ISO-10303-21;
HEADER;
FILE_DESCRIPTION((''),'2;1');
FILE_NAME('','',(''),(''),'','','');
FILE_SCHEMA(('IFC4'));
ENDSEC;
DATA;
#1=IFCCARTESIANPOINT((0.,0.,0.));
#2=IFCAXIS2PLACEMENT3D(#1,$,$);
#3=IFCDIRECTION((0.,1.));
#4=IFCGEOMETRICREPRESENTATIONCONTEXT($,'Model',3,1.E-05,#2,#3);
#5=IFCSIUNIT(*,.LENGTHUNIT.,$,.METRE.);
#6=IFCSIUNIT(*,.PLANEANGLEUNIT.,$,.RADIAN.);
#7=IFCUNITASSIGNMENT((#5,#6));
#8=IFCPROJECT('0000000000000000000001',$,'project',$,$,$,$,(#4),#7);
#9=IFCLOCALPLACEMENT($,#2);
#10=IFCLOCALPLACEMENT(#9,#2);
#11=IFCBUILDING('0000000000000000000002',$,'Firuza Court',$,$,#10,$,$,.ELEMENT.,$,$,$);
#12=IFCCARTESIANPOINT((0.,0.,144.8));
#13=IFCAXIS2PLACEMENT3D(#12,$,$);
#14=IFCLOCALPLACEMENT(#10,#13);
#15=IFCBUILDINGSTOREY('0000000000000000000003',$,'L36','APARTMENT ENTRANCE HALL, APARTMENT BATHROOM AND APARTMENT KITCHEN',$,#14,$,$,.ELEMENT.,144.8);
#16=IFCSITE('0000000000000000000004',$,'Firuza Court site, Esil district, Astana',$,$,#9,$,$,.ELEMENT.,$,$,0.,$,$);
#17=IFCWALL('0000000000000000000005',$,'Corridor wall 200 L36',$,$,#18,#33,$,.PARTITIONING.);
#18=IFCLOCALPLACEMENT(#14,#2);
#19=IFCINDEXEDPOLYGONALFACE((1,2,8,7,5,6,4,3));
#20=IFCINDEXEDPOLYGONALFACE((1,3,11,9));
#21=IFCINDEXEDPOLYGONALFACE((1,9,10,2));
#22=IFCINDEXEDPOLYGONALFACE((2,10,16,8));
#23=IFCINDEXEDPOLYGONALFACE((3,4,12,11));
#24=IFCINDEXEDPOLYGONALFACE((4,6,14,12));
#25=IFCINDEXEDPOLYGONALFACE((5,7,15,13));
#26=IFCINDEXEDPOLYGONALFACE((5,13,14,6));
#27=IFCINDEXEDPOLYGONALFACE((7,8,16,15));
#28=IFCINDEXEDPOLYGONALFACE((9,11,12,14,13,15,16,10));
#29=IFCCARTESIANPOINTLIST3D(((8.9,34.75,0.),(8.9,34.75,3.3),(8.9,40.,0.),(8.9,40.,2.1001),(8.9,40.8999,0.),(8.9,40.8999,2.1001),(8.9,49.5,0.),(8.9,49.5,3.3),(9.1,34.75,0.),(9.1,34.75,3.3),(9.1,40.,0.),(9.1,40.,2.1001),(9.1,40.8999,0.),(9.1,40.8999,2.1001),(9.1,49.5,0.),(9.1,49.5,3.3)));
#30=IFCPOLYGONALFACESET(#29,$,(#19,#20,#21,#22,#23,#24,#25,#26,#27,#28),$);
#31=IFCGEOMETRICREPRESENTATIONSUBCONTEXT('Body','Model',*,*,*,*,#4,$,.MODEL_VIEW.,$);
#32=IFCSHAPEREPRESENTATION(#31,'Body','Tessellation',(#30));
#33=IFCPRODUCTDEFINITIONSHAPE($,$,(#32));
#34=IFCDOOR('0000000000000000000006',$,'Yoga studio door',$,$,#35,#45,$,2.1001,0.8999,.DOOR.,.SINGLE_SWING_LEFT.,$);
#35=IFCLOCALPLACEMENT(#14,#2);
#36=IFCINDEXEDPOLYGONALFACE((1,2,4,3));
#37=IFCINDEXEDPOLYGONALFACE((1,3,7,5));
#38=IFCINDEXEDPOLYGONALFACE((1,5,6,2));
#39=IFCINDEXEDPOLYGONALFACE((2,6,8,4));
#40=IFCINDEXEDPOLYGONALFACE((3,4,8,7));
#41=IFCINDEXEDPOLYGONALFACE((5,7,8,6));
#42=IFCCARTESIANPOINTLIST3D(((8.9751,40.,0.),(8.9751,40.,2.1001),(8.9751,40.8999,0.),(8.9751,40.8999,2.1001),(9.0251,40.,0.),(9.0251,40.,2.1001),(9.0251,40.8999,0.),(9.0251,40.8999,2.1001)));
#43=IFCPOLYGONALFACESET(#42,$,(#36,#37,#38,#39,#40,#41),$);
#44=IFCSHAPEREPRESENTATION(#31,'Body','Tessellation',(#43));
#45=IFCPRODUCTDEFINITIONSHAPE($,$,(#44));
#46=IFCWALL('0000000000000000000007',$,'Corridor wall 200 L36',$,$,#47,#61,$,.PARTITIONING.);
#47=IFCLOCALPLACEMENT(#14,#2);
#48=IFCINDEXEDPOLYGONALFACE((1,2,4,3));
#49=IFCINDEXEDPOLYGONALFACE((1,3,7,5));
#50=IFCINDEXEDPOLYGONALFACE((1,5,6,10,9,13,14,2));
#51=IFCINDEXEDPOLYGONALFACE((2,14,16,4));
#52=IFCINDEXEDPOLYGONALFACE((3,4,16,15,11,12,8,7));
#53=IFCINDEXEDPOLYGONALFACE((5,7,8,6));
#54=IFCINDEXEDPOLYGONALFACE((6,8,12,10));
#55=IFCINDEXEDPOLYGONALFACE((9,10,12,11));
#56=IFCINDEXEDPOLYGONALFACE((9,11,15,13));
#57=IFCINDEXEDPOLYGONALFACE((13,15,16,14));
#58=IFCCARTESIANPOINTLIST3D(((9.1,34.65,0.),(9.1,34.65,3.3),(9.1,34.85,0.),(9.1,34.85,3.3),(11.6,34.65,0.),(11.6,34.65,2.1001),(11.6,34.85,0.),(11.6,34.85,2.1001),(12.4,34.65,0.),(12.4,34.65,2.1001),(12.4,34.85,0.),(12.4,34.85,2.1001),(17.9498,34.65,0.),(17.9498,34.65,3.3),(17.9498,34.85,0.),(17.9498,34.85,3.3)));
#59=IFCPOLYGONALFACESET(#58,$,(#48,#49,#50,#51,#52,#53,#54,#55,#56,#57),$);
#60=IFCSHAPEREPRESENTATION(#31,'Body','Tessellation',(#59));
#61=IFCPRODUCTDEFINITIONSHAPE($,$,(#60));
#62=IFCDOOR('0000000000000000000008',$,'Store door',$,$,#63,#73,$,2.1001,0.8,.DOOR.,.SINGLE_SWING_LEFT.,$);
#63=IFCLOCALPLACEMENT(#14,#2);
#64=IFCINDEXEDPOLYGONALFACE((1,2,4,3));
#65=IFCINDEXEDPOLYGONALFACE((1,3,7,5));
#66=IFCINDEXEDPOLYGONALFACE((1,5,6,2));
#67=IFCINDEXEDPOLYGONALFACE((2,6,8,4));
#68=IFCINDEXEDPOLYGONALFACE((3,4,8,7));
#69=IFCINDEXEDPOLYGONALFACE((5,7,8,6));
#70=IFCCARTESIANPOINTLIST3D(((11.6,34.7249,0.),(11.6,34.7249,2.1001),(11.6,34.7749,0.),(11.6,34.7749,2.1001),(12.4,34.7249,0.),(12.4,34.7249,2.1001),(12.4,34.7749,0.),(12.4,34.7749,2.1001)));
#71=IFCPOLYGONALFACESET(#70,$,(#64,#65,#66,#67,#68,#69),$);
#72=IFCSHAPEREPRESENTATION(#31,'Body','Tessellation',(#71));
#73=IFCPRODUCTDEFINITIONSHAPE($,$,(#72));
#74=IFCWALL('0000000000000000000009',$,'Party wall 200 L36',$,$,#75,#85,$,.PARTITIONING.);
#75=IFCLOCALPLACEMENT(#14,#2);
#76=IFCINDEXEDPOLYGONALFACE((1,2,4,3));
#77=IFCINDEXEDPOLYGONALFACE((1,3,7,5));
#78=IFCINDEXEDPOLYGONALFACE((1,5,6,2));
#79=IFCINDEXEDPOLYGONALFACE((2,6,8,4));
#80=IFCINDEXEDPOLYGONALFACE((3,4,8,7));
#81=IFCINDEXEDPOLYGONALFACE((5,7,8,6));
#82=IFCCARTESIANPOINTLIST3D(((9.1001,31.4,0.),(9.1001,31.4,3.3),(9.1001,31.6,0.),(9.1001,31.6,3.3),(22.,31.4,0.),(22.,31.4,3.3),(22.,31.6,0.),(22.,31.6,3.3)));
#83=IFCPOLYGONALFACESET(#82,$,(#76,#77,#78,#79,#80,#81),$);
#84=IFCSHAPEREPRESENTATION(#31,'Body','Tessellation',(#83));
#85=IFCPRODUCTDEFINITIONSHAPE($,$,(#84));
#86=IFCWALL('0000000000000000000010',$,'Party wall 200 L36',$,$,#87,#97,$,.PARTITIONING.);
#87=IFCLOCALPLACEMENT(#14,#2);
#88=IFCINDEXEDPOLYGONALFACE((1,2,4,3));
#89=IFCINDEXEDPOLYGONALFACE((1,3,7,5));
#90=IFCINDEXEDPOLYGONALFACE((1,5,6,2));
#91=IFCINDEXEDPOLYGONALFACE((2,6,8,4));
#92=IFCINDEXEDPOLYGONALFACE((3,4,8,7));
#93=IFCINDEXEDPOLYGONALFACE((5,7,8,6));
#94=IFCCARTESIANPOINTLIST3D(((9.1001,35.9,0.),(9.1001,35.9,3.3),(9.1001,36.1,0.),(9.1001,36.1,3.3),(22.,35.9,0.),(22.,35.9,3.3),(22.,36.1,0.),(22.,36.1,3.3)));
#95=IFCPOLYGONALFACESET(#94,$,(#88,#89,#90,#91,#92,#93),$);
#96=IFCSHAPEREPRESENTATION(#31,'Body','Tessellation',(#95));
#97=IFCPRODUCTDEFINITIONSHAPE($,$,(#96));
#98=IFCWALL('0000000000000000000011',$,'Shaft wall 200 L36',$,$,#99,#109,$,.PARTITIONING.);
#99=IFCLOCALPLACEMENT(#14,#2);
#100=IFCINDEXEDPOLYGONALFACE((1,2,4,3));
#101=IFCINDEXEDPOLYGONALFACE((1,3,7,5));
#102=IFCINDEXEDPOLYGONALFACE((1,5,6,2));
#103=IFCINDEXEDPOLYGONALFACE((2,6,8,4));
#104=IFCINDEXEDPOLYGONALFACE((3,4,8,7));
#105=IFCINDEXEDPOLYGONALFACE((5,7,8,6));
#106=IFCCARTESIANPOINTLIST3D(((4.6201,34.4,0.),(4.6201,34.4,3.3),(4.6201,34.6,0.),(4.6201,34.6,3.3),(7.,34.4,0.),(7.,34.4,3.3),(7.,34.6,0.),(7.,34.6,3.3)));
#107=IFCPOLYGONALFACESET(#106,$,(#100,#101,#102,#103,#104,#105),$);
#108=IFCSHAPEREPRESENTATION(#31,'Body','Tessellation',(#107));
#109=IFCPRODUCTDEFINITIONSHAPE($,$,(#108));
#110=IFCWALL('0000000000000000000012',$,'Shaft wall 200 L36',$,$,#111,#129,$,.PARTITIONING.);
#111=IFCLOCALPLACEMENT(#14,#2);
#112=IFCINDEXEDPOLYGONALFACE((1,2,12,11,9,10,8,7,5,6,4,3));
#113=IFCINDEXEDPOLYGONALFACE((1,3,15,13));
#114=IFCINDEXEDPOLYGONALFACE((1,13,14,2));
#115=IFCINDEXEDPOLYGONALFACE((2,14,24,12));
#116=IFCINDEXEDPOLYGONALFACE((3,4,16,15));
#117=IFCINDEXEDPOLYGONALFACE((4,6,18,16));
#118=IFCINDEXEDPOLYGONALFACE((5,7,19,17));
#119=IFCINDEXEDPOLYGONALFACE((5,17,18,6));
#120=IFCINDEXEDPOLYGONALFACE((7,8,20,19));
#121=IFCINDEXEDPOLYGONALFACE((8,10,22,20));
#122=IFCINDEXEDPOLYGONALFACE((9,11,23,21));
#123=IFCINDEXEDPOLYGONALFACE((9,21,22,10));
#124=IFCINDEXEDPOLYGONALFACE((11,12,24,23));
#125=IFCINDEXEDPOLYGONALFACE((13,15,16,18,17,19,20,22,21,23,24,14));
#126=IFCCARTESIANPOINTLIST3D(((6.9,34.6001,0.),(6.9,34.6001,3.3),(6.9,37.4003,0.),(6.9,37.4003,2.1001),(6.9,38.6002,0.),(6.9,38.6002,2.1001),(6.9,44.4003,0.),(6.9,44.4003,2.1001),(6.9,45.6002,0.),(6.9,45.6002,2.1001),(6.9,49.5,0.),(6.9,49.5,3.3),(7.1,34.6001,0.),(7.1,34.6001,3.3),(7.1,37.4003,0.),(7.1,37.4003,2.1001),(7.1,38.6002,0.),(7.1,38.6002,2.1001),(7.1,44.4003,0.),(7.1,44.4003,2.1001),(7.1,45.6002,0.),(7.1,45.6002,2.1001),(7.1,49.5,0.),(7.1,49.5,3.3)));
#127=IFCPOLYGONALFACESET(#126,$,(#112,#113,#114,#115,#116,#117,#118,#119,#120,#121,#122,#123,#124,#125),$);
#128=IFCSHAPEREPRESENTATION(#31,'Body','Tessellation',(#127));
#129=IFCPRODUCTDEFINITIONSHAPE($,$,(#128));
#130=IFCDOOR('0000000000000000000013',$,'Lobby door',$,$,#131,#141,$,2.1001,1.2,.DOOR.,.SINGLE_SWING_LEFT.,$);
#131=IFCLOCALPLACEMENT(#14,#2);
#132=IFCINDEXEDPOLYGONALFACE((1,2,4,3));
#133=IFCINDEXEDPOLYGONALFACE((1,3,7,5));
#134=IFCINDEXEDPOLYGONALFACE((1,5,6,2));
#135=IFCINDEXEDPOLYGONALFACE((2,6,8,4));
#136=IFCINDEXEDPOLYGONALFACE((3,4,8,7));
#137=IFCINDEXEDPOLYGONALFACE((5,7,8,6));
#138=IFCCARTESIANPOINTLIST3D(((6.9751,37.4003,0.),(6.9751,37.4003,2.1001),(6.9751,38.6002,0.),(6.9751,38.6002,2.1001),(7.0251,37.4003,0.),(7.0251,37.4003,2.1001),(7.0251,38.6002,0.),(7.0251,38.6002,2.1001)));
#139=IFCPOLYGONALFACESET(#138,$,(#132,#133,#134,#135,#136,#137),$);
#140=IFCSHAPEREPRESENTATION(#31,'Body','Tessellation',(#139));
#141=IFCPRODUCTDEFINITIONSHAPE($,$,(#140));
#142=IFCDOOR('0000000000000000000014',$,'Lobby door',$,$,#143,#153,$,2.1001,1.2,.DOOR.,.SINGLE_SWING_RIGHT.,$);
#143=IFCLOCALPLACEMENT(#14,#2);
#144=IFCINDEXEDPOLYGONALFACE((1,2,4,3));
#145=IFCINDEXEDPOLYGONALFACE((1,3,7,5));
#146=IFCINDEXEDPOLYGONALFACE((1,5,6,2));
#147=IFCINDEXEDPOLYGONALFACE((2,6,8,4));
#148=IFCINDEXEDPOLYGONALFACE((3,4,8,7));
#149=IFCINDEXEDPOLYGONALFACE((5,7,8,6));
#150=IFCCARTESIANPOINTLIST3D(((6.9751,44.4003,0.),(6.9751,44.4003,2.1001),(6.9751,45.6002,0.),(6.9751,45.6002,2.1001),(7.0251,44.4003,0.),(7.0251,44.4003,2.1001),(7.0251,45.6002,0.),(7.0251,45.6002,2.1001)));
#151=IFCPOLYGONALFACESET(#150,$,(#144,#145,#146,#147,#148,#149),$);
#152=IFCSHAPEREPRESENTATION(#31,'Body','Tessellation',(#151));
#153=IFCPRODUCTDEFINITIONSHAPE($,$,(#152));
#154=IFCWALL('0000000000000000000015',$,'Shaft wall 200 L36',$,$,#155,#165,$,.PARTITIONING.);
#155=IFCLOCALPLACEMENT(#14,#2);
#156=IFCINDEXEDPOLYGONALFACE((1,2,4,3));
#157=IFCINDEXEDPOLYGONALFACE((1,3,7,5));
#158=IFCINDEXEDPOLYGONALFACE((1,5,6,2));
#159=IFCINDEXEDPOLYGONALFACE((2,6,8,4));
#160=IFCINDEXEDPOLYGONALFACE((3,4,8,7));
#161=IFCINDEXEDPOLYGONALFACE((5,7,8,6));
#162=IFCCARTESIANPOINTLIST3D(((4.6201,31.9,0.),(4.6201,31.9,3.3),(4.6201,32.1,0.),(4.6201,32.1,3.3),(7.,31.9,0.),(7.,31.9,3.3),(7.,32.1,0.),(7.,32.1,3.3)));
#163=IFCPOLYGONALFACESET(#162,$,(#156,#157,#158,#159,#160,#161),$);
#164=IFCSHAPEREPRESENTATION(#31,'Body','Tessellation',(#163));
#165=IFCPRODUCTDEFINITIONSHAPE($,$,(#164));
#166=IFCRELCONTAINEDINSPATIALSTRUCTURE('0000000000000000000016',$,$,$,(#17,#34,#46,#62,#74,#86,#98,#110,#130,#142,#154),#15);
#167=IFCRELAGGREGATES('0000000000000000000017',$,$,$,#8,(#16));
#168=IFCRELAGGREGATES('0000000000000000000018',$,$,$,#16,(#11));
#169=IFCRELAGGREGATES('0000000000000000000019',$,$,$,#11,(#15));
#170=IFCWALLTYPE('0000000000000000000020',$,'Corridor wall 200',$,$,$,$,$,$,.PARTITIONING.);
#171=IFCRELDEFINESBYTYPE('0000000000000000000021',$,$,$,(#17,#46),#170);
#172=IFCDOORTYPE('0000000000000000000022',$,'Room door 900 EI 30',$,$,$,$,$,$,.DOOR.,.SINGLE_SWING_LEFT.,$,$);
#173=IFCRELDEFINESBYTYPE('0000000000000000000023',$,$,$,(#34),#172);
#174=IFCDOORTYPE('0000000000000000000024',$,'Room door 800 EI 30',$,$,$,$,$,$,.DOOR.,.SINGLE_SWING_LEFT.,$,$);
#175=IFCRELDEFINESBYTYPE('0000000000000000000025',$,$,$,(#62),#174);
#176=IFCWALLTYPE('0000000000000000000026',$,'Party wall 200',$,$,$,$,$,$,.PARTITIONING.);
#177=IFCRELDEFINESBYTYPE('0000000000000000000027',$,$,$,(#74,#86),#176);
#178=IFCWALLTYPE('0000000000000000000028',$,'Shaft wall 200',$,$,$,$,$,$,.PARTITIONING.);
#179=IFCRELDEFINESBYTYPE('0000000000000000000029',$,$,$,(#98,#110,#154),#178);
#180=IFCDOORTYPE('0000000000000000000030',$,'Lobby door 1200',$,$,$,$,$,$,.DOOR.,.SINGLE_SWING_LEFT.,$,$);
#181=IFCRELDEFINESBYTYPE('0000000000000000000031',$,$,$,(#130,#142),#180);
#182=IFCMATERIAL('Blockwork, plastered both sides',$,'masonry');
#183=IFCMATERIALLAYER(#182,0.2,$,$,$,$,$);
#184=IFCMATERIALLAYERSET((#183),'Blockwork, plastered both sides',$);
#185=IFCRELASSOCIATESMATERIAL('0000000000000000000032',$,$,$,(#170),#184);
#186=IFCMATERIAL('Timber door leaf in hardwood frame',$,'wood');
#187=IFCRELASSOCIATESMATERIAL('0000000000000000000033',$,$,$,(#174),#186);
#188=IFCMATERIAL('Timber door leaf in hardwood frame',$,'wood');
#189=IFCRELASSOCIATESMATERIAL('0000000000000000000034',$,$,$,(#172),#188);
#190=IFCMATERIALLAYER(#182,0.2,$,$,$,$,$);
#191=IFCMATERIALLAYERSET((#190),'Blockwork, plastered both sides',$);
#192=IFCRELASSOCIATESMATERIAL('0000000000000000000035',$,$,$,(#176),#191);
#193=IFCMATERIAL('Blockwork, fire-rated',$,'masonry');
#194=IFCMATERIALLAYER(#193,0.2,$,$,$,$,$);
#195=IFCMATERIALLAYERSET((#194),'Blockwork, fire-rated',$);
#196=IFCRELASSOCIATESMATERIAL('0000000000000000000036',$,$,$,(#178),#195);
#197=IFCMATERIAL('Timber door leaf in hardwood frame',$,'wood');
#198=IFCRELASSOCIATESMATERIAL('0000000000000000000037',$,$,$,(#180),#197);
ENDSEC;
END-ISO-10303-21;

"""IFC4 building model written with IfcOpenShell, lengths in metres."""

from ifc_helpers import new_model, si_unit, direction, frame, frame_2d, origin, place, context, subcontext, project, spatial, rectangle, extrude, material, layer, layer_set, type_object, element, fill, save


model = new_model("IFC4")

# Units and contexts
model_context = context("Model", 3, precision=1e-05, world=origin(), true_north=direction((0.0, 1.0)))
body_context = subcontext(model_context, "Body", "Model", "MODEL_VIEW")
ifc_project = project(units=[si_unit("LENGTHUNIT", "METRE"), si_unit("PLANEANGLEUNIT", "RADIAN")], contexts=[model_context])

# Site, building, storey
site_placement = place(None, origin())
site = spatial("IfcSite", under=ifc_project, at=site_placement, Name="Firuza Court site, Esil district, Astana", CompositionType="ELEMENT", RefElevation=0.0)
building_placement = place(site_placement, origin())
building = spatial("IfcBuilding", under=site, at=building_placement, Name="Firuza Court", CompositionType="ELEMENT")
storey_placement = place(building_placement, frame((0.0, 0.0, 144.8)))
storey = spatial("IfcBuildingStorey", under=building, at=storey_placement, Name="L36", Description="APARTMENT ENTRANCE HALL, APARTMENT BATHROOM AND APARTMENT KITCHEN", CompositionType="ELEMENT", Elevation=144.8)

# Walls, openings, doors
ifc_material_1 = material(Name="Blockwork, plastered both sides", Category="masonry")
ifc_layer_1 = layer(ifc_material_1, 0.2)
ifc_layer_set_1 = layer_set([ifc_layer_1], Name="Blockwork, plastered both sides")
wall_type_1 = type_object("IfcWallType", Name="Corridor wall 200", PredefinedType="PARTITIONING", material=ifc_layer_set_1)
ifc_material_2 = material(Name="Timber door leaf in hardwood frame", Category="wood")
door_type_1 = type_object("IfcDoorType", Name="Room door 800 EI 30", OperationType="SINGLE_SWING_LEFT", PredefinedType="DOOR", material=ifc_material_2)
wall_1_placement = place(storey_placement, frame((9.0, 34.75, 0.0), z_axis=(0.0, 0.0, 1.0), x_axis=(0.0, 1.0, 0.0)))
wall_1 = element("IfcWall", 1, at=wall_1_placement, inside=storey, type_object=wall_type_1, Name="Corridor wall 200 L36", PredefinedType="PARTITIONING", context=body_context, shape_type="SweptSolid", body=[
    extrude(rectangle(XDim=14.75, YDim=0.2, at=frame_2d((7.375, 0.0))), origin(), (0.0, 0.0, 1.0), 3.3),
])
opening_1_placement = place(wall_1_placement, frame((5.25, 0.0, 0.0)))
opening_1 = element("IfcOpeningElement", 2, at=opening_1_placement, cuts=wall_1, PredefinedType="OPENING", context=body_context, shape_type="SweptSolid", body=[
    extrude(rectangle(XDim=0.8999, YDim=2.1001, at=frame_2d((0.45, 1.05))), frame((0.0, 0.1118, 0.0), z_axis=(0.0, -1.0, 0.0), x_axis=(1.0, 0.0, 0.0)), (0.0, 0.0, 1.0), 0.2239),
])
ifc_material_3 = material(Name="Timber door leaf in hardwood frame", Category="wood")
door_type_2 = type_object("IfcDoorType", Name="Room door 900 EI 30", OperationType="SINGLE_SWING_LEFT", PredefinedType="DOOR", material=ifc_material_3)
door_1_placement = place(opening_1_placement, origin())
door_1 = element("IfcDoor", 3, at=door_1_placement, inside=storey, type_object=door_type_2, Name="Yoga studio door", OperationType="SINGLE_SWING_LEFT", OverallHeight=2.1001, OverallWidth=0.8999, PredefinedType="DOOR", context=body_context, shape_type="SweptSolid", body=[
    extrude(rectangle(XDim=0.8999, YDim=2.1001, at=frame_2d((0.45, 1.05))), frame((0.0, 0.0249, 0.0), z_axis=(0.0, -1.0, 0.0), x_axis=(1.0, 0.0, 0.0)), (0.0, 0.0, 1.0), 0.05),
])
fill(opening_1, door_1)
wall_2_placement = place(storey_placement, frame((9.1001, 34.75, 0.0), z_axis=(0.0, 0.0, 1.0), x_axis=(1.0, 0.0, 0.0)))
wall_2 = element("IfcWall", 4, at=wall_2_placement, inside=storey, type_object=wall_type_1, Name="Corridor wall 200 L36", PredefinedType="PARTITIONING", context=body_context, shape_type="SweptSolid", body=[
    extrude(rectangle(XDim=8.8499, YDim=0.2, at=frame_2d((4.4248, 0.0))), origin(), (0.0, 0.0, 1.0), 3.3),
])
opening_2_placement = place(wall_2_placement, frame((2.5, 0.0, 0.0)))
opening_2 = element("IfcOpeningElement", 5, at=opening_2_placement, cuts=wall_2, PredefinedType="OPENING", context=body_context, shape_type="SweptSolid", body=[
    extrude(rectangle(XDim=0.8, YDim=2.1001, at=frame_2d((0.3999, 1.05))), frame((0.0, 0.1118, 0.0), z_axis=(0.0, -1.0, 0.0), x_axis=(1.0, 0.0, 0.0)), (0.0, 0.0, 1.0), 0.2239),
])
door_2_placement = place(opening_2_placement, origin())
door_2 = element("IfcDoor", 6, at=door_2_placement, inside=storey, type_object=door_type_1, Name="Store door", OperationType="SINGLE_SWING_LEFT", OverallHeight=2.1001, OverallWidth=0.8, PredefinedType="DOOR", context=body_context, shape_type="SweptSolid", body=[
    extrude(rectangle(XDim=0.8, YDim=2.1001, at=frame_2d((0.3999, 1.05))), frame((0.0, 0.0249, 0.0), z_axis=(0.0, -1.0, 0.0), x_axis=(1.0, 0.0, 0.0)), (0.0, 0.0, 1.0), 0.05),
])
fill(opening_2, door_2)

# Walls
ifc_layer_2 = layer(ifc_material_1, 0.2)
ifc_layer_set_2 = layer_set([ifc_layer_2], Name="Blockwork, plastered both sides")
wall_type_2 = type_object("IfcWallType", Name="Party wall 200", PredefinedType="PARTITIONING", material=ifc_layer_set_2)
for number, where, z_axis, x_axis, name in (
    (7, (9.1001, 31.5, 0.0), (0.0, 0.0, 1.0), (1.0, 0.0, 0.0), "Party wall 200 L36"),
    (8, (9.1001, 36.0, 0.0), (0.0, 0.0, 1.0), (1.0, 0.0, 0.0), "Party wall 200 L36"),
):
    element("IfcWall", number, at=place(storey_placement, frame(where, z_axis=z_axis, x_axis=x_axis)), inside=storey, type_object=wall_type_2, Name=name, PredefinedType="PARTITIONING", context=body_context, shape_type="SweptSolid", body=[
        extrude(rectangle(XDim=12.8999, YDim=0.2, at=frame_2d((6.45, 0.0))), origin(), (0.0, 0.0, 1.0), 3.3),
    ])
ifc_material_4 = material(Name="Blockwork, fire-rated", Category="masonry")
ifc_layer_3 = layer(ifc_material_4, 0.2)
ifc_layer_set_3 = layer_set([ifc_layer_3], Name="Blockwork, fire-rated")
wall_type_3 = type_object("IfcWallType", Name="Shaft wall 200", PredefinedType="PARTITIONING", material=ifc_layer_set_3)
wall_3_placement = place(storey_placement, frame((4.6201, 34.5, 0.0), z_axis=(0.0, 0.0, 1.0), x_axis=(1.0, 0.0, 0.0)))
element("IfcWall", 9, at=wall_3_placement, inside=storey, type_object=wall_type_3, Name="Shaft wall 200 L36", PredefinedType="PARTITIONING", context=body_context, shape_type="SweptSolid", body=[
    extrude(rectangle(XDim=2.3799, YDim=0.2, at=frame_2d((1.1899, 0.0))), origin(), (0.0, 0.0, 1.0), 3.3),
])

# Wall, openings, doors
wall_4_placement = place(storey_placement, frame((7.0, 34.6001, 0.0), z_axis=(0.0, 0.0, 1.0), x_axis=(0.0, 1.0, 0.0)))
wall_4 = element("IfcWall", 10, at=wall_4_placement, inside=storey, type_object=wall_type_3, Name="Shaft wall 200 L36", PredefinedType="PARTITIONING", context=body_context, shape_type="SweptSolid", body=[
    extrude(rectangle(XDim=14.8999, YDim=0.2, at=frame_2d((7.45, 0.0))), origin(), (0.0, 0.0, 1.0), 3.3),
])
opening_3_placement = place(wall_4_placement, frame((2.8, 0.0, 0.0)))
opening_3 = element("IfcOpeningElement", 11, at=opening_3_placement, cuts=wall_4, PredefinedType="OPENING", context=body_context, shape_type="SweptSolid", body=[
    extrude(rectangle(XDim=1.2, YDim=2.1001, at=frame_2d((0.6001, 1.05))), frame((0.0, 0.1118, 0.0), z_axis=(0.0, -1.0, 0.0), x_axis=(1.0, 0.0, 0.0)), (0.0, 0.0, 1.0), 0.2239),
])
opening_4_placement = place(wall_4_placement, frame((9.8, 0.0, 0.0)))
opening_4 = element("IfcOpeningElement", 12, at=opening_4_placement, cuts=wall_4, PredefinedType="OPENING", context=body_context, shape_type="SweptSolid", body=[
    extrude(rectangle(XDim=1.2, YDim=2.1001, at=frame_2d((0.6001, 1.05))), frame((0.0, 0.1118, 0.0), z_axis=(0.0, -1.0, 0.0), x_axis=(1.0, 0.0, 0.0)), (0.0, 0.0, 1.0), 0.2239),
])
ifc_material_5 = material(Name="Timber door leaf in hardwood frame", Category="wood")
door_type_3 = type_object("IfcDoorType", Name="Lobby door 1200", OperationType="SINGLE_SWING_LEFT", PredefinedType="DOOR", material=ifc_material_5)
door_3_placement = place(opening_3_placement, origin())
door_3 = element("IfcDoor", 13, at=door_3_placement, inside=storey, type_object=door_type_3, Name="Lobby door", OperationType="SINGLE_SWING_LEFT", OverallHeight=2.1001, OverallWidth=1.2, PredefinedType="DOOR", context=body_context, shape_type="SweptSolid", body=[
    extrude(rectangle(XDim=1.2, YDim=2.1001, at=frame_2d((0.6001, 1.05))), frame((0.0, 0.0249, 0.0), z_axis=(0.0, -1.0, 0.0), x_axis=(1.0, 0.0, 0.0)), (0.0, 0.0, 1.0), 0.05),
])
fill(opening_3, door_3)
door_4_placement = place(opening_4_placement, origin())
door_4 = element("IfcDoor", 14, at=door_4_placement, inside=storey, type_object=door_type_3, Name="Lobby door", OperationType="SINGLE_SWING_RIGHT", OverallHeight=2.1001, OverallWidth=1.2, PredefinedType="DOOR", context=body_context, shape_type="SweptSolid", body=[
    extrude(rectangle(XDim=1.2, YDim=2.1001, at=frame_2d((0.6001, 1.05))), frame((0.0, 0.0249, 0.0), z_axis=(0.0, -1.0, 0.0), x_axis=(1.0, 0.0, 0.0)), (0.0, 0.0, 1.0), 0.05),
])
fill(opening_4, door_4)

# Wall
wall_5_placement = place(storey_placement, frame((4.6201, 32.0, 0.0), z_axis=(0.0, 0.0, 1.0), x_axis=(1.0, 0.0, 0.0)))
element("IfcWall", 15, at=wall_5_placement, inside=storey, type_object=wall_type_3, Name="Shaft wall 200 L36", PredefinedType="PARTITIONING", context=body_context, shape_type="SweptSolid", body=[
    extrude(rectangle(XDim=2.3799, YDim=0.2, at=frame_2d((1.1899, 0.0))), origin(), (0.0, 0.0, 1.0), 3.3),
])

save(model, "model.ifc")
